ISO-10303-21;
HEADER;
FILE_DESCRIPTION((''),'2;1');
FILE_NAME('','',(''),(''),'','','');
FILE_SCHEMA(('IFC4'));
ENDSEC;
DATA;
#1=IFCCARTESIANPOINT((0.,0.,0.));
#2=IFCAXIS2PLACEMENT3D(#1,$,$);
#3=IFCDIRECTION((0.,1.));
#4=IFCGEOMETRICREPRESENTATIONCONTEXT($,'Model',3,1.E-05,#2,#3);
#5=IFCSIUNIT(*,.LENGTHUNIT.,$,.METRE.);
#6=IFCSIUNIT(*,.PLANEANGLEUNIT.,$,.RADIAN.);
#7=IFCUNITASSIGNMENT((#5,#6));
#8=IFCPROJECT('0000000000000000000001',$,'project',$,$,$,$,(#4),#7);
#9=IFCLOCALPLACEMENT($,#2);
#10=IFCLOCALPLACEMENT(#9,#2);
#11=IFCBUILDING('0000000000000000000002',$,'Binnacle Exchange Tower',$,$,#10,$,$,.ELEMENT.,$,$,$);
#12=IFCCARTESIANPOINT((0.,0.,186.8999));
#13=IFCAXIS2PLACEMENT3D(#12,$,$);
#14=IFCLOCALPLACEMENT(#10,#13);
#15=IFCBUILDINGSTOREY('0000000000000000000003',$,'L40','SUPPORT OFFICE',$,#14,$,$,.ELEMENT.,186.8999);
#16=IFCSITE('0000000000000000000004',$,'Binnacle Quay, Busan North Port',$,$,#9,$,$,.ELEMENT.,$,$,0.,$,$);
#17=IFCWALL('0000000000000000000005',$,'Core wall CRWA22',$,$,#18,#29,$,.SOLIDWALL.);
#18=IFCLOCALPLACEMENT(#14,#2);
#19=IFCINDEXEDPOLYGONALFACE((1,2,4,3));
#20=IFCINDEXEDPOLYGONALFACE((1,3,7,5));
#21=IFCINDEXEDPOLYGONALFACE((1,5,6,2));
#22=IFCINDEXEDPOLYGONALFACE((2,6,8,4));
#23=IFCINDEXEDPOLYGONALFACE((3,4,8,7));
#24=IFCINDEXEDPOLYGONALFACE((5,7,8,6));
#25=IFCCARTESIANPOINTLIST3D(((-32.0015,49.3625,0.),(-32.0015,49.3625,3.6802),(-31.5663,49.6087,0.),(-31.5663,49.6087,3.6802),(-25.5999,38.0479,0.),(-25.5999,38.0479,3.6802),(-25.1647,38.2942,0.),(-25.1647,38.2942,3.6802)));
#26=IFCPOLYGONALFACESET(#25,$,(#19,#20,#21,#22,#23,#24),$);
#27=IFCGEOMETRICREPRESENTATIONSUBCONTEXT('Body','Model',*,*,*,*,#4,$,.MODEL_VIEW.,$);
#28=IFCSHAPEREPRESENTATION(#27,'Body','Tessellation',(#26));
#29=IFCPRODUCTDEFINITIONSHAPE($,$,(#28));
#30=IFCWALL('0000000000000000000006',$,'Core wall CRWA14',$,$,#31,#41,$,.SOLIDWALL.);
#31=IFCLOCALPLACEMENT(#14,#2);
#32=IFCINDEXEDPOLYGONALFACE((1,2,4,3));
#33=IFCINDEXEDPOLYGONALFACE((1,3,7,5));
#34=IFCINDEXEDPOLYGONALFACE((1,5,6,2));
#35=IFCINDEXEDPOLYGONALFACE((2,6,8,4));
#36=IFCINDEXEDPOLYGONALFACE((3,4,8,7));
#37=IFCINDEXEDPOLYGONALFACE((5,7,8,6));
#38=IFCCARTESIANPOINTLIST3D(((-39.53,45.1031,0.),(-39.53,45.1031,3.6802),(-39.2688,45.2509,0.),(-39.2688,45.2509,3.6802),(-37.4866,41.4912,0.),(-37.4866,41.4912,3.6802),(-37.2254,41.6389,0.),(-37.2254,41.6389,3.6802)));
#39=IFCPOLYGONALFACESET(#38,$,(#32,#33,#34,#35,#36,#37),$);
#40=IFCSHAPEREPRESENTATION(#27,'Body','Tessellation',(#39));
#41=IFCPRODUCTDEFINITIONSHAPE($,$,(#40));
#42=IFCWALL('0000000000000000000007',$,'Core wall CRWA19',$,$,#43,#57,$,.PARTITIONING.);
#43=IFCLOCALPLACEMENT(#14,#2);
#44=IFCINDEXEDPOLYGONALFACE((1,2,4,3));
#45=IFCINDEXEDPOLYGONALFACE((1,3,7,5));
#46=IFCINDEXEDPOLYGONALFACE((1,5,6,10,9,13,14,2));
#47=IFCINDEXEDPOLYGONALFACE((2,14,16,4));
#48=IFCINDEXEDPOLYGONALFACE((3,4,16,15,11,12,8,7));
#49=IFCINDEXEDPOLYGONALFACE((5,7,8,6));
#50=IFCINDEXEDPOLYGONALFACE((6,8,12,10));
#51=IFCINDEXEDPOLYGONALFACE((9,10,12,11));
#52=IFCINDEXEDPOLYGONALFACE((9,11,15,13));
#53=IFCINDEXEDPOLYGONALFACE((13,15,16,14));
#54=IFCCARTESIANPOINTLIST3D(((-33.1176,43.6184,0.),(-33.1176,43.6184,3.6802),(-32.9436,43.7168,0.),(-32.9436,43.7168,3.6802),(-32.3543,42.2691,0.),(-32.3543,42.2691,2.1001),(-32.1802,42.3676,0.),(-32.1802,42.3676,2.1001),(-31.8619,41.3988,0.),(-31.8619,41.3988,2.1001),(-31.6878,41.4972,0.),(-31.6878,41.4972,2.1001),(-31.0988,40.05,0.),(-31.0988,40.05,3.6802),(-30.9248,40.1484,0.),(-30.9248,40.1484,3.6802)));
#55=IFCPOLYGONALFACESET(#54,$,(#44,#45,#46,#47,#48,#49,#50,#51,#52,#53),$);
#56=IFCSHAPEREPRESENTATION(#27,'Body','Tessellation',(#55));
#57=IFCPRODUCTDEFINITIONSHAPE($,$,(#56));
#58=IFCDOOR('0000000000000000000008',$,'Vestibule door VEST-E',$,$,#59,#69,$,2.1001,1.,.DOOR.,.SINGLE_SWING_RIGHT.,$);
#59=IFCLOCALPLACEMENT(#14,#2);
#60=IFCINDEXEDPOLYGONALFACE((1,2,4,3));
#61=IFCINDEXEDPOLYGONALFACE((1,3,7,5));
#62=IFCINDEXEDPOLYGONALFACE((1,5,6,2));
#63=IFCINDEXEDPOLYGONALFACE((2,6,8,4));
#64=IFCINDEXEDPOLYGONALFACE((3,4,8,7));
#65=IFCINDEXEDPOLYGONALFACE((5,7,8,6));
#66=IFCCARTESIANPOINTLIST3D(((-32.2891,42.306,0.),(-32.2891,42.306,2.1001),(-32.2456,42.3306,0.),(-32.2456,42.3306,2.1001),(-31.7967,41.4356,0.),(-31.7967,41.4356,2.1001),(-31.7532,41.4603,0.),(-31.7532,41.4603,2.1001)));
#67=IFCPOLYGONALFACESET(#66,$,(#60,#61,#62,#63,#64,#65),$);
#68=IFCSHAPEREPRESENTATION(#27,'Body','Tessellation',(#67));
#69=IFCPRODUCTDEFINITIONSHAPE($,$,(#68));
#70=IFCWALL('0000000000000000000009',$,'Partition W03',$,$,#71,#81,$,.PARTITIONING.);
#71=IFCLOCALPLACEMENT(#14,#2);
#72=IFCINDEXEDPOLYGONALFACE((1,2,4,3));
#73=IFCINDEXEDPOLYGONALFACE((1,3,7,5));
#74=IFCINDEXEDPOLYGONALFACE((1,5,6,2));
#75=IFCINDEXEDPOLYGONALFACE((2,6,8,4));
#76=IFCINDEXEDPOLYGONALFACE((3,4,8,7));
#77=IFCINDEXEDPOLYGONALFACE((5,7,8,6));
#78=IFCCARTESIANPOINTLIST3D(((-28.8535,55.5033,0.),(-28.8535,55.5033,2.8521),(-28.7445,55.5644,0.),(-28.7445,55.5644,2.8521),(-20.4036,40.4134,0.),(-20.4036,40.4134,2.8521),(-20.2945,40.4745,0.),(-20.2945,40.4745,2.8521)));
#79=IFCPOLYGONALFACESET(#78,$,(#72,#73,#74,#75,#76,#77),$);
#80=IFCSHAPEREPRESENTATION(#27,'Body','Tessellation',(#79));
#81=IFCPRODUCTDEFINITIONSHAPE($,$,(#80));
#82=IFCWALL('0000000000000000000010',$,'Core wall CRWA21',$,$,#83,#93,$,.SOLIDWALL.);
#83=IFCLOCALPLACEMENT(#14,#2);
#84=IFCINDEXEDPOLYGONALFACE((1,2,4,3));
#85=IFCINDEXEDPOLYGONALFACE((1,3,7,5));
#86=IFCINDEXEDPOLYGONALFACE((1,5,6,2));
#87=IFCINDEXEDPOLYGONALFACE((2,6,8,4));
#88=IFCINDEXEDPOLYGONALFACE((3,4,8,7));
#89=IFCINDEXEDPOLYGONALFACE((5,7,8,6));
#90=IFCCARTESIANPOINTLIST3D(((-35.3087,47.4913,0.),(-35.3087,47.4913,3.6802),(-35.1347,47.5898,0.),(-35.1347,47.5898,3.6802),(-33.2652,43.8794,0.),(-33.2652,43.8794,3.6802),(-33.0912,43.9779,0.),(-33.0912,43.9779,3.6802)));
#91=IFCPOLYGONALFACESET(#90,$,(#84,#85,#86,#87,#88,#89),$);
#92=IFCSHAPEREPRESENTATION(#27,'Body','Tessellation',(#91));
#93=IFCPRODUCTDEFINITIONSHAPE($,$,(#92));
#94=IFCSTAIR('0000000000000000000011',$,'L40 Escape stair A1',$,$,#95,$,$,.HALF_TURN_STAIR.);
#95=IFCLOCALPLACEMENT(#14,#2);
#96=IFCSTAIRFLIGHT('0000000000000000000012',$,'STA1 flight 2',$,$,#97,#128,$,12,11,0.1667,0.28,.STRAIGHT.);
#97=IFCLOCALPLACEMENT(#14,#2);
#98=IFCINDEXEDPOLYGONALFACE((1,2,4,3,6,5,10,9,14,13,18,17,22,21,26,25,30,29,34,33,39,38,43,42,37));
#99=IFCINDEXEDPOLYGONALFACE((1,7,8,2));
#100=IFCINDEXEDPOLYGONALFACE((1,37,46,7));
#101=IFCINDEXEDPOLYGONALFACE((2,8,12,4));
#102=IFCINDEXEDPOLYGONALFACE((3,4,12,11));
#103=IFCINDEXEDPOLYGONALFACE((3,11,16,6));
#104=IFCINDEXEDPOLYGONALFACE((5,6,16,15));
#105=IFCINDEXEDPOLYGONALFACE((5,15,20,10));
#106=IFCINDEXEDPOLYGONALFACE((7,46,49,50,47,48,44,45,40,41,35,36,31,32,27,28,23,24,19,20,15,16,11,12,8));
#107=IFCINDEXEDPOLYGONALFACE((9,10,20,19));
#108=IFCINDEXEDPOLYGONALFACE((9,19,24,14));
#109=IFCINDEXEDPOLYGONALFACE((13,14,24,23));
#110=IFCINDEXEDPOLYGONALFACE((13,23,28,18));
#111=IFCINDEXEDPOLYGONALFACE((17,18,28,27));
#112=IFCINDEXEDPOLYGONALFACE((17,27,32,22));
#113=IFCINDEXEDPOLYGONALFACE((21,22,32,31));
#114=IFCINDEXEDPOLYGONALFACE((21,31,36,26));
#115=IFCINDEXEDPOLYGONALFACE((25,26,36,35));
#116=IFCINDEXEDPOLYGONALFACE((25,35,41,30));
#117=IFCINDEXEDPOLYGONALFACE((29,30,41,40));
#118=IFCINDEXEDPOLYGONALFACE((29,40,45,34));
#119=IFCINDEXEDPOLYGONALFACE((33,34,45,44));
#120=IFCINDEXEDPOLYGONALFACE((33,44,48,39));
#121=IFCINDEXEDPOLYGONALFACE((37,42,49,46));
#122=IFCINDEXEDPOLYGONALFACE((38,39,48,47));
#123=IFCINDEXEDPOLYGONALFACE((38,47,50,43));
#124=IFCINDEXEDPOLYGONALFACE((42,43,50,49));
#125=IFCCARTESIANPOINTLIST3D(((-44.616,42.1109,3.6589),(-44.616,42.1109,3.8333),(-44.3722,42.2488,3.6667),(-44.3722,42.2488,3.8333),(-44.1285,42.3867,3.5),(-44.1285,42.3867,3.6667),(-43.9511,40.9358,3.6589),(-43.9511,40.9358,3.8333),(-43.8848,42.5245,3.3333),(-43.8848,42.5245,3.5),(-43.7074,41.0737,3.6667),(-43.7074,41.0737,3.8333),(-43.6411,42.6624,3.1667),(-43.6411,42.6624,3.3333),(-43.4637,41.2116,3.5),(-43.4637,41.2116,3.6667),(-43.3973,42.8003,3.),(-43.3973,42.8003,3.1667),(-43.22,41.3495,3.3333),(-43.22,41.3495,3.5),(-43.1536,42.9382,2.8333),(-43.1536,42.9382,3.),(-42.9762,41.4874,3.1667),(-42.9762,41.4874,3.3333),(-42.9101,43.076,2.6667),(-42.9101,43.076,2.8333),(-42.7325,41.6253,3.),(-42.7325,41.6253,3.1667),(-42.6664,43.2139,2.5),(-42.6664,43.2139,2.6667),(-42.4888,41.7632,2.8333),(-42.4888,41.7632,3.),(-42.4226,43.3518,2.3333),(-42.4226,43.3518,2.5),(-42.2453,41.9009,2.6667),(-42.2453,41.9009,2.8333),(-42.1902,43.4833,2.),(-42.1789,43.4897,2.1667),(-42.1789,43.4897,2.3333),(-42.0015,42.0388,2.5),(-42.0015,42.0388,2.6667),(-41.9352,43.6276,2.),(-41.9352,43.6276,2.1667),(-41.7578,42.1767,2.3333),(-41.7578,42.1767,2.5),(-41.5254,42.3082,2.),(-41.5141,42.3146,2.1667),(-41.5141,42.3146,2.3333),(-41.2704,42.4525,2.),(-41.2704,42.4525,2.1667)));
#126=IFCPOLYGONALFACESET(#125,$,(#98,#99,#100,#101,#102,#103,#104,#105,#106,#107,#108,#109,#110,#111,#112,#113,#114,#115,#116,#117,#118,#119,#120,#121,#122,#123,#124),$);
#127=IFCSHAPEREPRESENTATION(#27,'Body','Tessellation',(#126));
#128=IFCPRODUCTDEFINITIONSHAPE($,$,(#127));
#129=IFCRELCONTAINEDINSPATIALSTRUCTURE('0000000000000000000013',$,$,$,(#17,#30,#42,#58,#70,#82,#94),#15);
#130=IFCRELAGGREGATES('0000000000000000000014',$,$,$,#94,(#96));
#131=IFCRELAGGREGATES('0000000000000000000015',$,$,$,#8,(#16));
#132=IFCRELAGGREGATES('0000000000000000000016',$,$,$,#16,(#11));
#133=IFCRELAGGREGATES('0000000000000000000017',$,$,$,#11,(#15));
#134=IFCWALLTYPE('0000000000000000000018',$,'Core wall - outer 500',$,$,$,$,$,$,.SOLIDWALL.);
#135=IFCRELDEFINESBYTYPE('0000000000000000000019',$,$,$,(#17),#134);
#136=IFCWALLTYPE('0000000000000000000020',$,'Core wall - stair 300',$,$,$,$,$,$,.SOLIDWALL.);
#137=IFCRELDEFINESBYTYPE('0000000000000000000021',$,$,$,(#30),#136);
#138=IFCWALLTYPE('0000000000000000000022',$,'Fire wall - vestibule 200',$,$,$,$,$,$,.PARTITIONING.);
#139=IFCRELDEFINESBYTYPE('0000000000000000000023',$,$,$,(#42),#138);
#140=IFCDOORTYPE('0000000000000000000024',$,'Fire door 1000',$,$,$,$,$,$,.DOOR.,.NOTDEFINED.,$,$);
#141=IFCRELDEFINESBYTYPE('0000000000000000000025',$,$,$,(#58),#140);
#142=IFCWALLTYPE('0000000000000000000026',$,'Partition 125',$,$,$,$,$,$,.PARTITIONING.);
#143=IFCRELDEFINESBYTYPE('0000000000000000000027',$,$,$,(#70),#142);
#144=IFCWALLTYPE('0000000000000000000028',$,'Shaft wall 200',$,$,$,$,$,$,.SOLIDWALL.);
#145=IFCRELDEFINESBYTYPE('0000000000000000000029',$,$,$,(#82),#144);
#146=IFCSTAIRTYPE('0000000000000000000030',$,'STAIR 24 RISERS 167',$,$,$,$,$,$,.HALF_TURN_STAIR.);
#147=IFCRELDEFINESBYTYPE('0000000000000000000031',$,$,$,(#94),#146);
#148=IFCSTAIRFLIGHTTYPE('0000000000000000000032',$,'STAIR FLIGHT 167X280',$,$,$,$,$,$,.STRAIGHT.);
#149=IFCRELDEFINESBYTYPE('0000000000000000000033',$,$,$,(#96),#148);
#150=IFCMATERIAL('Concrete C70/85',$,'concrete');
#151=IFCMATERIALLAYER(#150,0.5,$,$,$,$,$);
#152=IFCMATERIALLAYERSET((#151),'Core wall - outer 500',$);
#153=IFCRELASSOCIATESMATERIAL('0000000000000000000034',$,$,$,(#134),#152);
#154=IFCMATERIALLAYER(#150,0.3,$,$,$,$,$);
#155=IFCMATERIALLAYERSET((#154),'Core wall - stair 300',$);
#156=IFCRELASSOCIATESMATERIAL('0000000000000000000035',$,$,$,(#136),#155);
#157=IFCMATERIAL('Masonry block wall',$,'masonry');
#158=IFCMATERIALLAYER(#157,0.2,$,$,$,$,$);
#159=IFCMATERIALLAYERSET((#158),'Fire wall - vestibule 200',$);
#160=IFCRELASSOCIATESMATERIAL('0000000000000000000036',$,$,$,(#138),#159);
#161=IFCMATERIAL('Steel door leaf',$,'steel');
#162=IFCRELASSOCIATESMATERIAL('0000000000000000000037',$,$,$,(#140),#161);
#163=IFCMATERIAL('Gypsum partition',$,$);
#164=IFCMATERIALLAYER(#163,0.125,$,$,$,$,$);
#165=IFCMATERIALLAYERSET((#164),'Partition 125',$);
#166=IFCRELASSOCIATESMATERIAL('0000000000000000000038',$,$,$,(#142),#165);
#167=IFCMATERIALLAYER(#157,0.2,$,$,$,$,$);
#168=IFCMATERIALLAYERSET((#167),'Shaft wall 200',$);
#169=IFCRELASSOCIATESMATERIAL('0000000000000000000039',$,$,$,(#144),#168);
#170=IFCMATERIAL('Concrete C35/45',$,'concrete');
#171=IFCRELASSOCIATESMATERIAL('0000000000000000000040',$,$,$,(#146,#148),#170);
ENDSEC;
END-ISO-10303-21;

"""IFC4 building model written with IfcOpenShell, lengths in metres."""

from ifc_helpers import new_model, si_unit, direction, frame, frame_2d, origin, place, context, subcontext, project, spatial, polyline, rectangle, outline, extrude, material, layer, layer_set, type_object, element, fill, aggregate, save


model = new_model("IFC4")

# Units and contexts
model_context = context("Model", 3, precision=1e-05, world=origin(), true_north=direction((0.0, 1.0)))
body_context = subcontext(model_context, "Body", "Model", "MODEL_VIEW")
ifc_project = project(units=[si_unit("LENGTHUNIT", "METRE"), si_unit("PLANEANGLEUNIT", "RADIAN")], contexts=[model_context])

# Site, building, storey
site_placement = place(None, origin())
site = spatial("IfcSite", under=ifc_project, at=site_placement, Name="Binnacle Quay, Busan North Port", CompositionType="ELEMENT", RefElevation=0.0)
building_placement = place(site_placement, origin())
building = spatial("IfcBuilding", under=site, at=building_placement, Name="Binnacle Exchange Tower", CompositionType="ELEMENT")
storey_placement = place(building_placement, frame((0.0, 0.0, 186.8999)))
storey = spatial("IfcBuildingStorey", under=building, at=storey_placement, Name="L40", Description="SUPPORT OFFICE", CompositionType="ELEMENT", Elevation=186.8999)

# Shared definitions
ifc_material_1 = material(Name="Concrete C70/85", Category="concrete")

# Walls
ifc_layer_1 = layer(ifc_material_1, 0.5)
ifc_layer_set_1 = layer_set([ifc_layer_1], Name="Core wall - outer 500")
wall_type_1 = type_object("IfcWallType", Name="Core wall - outer 500", PredefinedType="SOLIDWALL", material=ifc_layer_set_1)
wall_1_placement = place(storey_placement, frame((-31.7839, 49.4856, 0.0), z_axis=(0.0, 0.0, 1.0), x_axis=(0.492435, -0.870349, 0.0)))
element("IfcWall", 1, at=wall_1_placement, inside=storey, type_object=wall_type_1, Name="Core wall CRWA22", PredefinedType="SOLIDWALL", context=body_context, shape_type="SweptSolid", body=[
    extrude(rectangle(XDim=13.0, YDim=0.5, at=frame_2d((6.5, 0.0))), origin(), (0.0, 0.0, 1.0), 3.6802),
])
ifc_layer_2 = layer(ifc_material_1, 0.3)
ifc_layer_set_2 = layer_set([ifc_layer_2], Name="Core wall - stair 300")
wall_type_2 = type_object("IfcWallType", Name="Core wall - stair 300", PredefinedType="SOLIDWALL", material=ifc_layer_set_2)
wall_2_placement = place(storey_placement, frame((-39.3994, 45.177, 0.0), z_axis=(0.0, 0.0, 1.0), x_axis=(0.492396, -0.870371, 0.0)))
element("IfcWall", 2, at=wall_2_placement, inside=storey, type_object=wall_type_2, Name="Core wall CRWA14", PredefinedType="SOLIDWALL", context=body_context, shape_type="SweptSolid", body=[
    extrude(rectangle(XDim=4.1499, YDim=0.3, at=frame_2d((2.075, 0.0))), origin(), (0.0, 0.0, 1.0), 3.6802),
])

# Wall, opening, door
ifc_material_2 = material(Name="Masonry block wall", Category="masonry")
ifc_layer_3 = layer(ifc_material_2, 0.2)
ifc_layer_set_3 = layer_set([ifc_layer_3], Name="Fire wall - vestibule 200")
wall_type_3 = type_object("IfcWallType", Name="Fire wall - vestibule 200", PredefinedType="PARTITIONING", material=ifc_layer_set_3)
wall_3_placement = place(storey_placement, frame((-33.0305, 43.6675, 0.0), z_axis=(0.0, 0.0, 1.0), x_axis=(0.492408, -0.870364, 0.0)))
wall_3 = element("IfcWall", 3, at=wall_3_placement, inside=storey, type_object=wall_type_3, Name="Core wall CRWA19", PredefinedType="PARTITIONING", context=body_context, shape_type="SweptSolid", body=[
    extrude(rectangle(XDim=4.0999, YDim=0.2, at=frame_2d((2.0498, 0.0))), origin(), (0.0, 0.0, 1.0), 3.6802),
])
opening_placement = place(wall_3_placement, frame((1.55, 0.0, 0.0)))
opening = element("IfcOpeningElement", 4, at=opening_placement, cuts=wall_3, PredefinedType="OPENING", context=body_context, shape_type="SweptSolid", body=[
    extrude(rectangle(XDim=1.0, YDim=2.1001, at=frame_2d((0.5, 1.05))), frame((0.0, 0.1099, 0.0), z_axis=(0.0, -1.0, 0.0), x_axis=(1.0, 0.0, 0.0)), (0.0, 0.0, 1.0), 0.22),
])
ifc_material_3 = material(Name="Steel door leaf", Category="steel")
door_type = type_object("IfcDoorType", Name="Fire door 1000", OperationType="NOTDEFINED", PredefinedType="DOOR", material=ifc_material_3)
door_placement = place(opening_placement, origin())
door = element("IfcDoor", 5, at=door_placement, inside=storey, type_object=door_type, Name="Vestibule door VEST-E", OperationType="SINGLE_SWING_RIGHT", OverallHeight=2.1001, OverallWidth=1.0, PredefinedType="DOOR", context=body_context, shape_type="SweptSolid", body=[
    extrude(rectangle(XDim=1.0, YDim=2.1001, at=frame_2d((0.5, 1.05))), frame((0.0, 0.0249, 0.0), z_axis=(0.0, -1.0, 0.0), x_axis=(1.0, 0.0, 0.0)), (0.0, 0.0, 1.0), 0.05),
])
fill(opening, door)

# Walls
ifc_material_4 = material(Name="Gypsum partition")
ifc_layer_4 = layer(ifc_material_4, 0.125)
ifc_layer_set_4 = layer_set([ifc_layer_4], Name="Partition 125")
wall_type_4 = type_object("IfcWallType", Name="Partition 125", PredefinedType="PARTITIONING", material=ifc_layer_set_4)
wall_4_placement = place(storey_placement, frame((-28.7991, 55.5339, 0.0), z_axis=(0.0, 0.0, 1.0), x_axis=(0.488587, -0.872515, 0.0)))
element("IfcWall", 6, at=wall_4_placement, inside=storey, type_object=wall_type_4, Name="Partition W03", PredefinedType="PARTITIONING", context=body_context, shape_type="SweptSolid", body=[
    extrude(rectangle(XDim=17.2947, YDim=0.125, at=frame_2d((8.6475, 0.0))), origin(), (0.0, 0.0, 1.0), 2.8521),
])
ifc_layer_5 = layer(ifc_material_2, 0.2)
ifc_layer_set_5 = layer_set([ifc_layer_5], Name="Shaft wall 200")
wall_type_5 = type_object("IfcWallType", Name="Shaft wall 200", PredefinedType="SOLIDWALL", material=ifc_layer_set_5)
wall_5_placement = place(storey_placement, frame((-35.2217, 47.5405, 0.0), z_axis=(0.0, 0.0, 1.0), x_axis=(0.492422, -0.870357, 0.0)))
element("IfcWall", 7, at=wall_5_placement, inside=storey, type_object=wall_type_5, Name="Core wall CRWA21", PredefinedType="SOLIDWALL", context=body_context, shape_type="SweptSolid", body=[
    extrude(rectangle(XDim=4.1499, YDim=0.2, at=frame_2d((2.075, 0.0))), origin(), (0.0, 0.0, 1.0), 3.6802),
])

# Stair, stair flight
ifc_material_5 = material(Name="Concrete C35/45", Category="concrete")
stair_type = type_object("IfcStairType", Name="STAIR 24 RISERS 167", PredefinedType="HALF_TURN_STAIR", material=ifc_material_5)
stair_placement = place(storey_placement, origin())
stair = element("IfcStair", 8, at=stair_placement, inside=storey, type_object=stair_type, Name="L40 Escape stair A1", PredefinedType="HALF_TURN_STAIR")
stair_flight_type = type_object("IfcStairFlightType", Name="STAIR FLIGHT 167X280", PredefinedType="STRAIGHT", material=ifc_material_5)
stair_flight_placement = place(storey_placement, frame((-41.6028, 43.04, 2.0), z_axis=(0.0, 0.0, 1.0), x_axis=(-0.870356, -0.492424, 0.0)))
stair_flight = element("IfcStairFlight", 9, at=stair_flight_placement, type_object=stair_flight_type, Name="STA1 flight 2", NumberOfRisers=12, NumberOfTreads=11, PredefinedType="STRAIGHT", RiserHeight=0.1667, TreadLength=0.28, context=body_context, shape_type="SweptSolid", body=[
    extrude(outline(polyline([(0.0, 0.0), (0.0, 0.1667), (0.28, 0.1667), (0.28, 0.3333), (0.5601, 0.3333), (0.5601, 0.5), (0.8401, 0.5), (0.8401, 0.6667), (1.1201, 0.6667), (1.1201, 0.8333), (1.3999, 0.8333), (1.3999, 1.0), (1.6799, 1.0), (1.6799, 1.1667), (1.96, 1.1667), (1.96, 1.3333), (2.24, 1.3333), (2.24, 1.5), (2.52, 1.5), (2.52, 1.6667), (2.8, 1.6667), (2.8, 1.8333), (3.0801, 1.8333), (3.0801, 2.0), (3.0801, 1.6589), (0.293, 0.0), (0.0, 0.0)])), frame((0.0, 0.675, 0.0), z_axis=(0.0, -1.0, 0.0), x_axis=(1.0, 0.0, 0.0)), (0.0, 0.0, 1.0), 1.3501),
])
aggregate(stair, [stair_flight])

save(model, "model.ifc")
